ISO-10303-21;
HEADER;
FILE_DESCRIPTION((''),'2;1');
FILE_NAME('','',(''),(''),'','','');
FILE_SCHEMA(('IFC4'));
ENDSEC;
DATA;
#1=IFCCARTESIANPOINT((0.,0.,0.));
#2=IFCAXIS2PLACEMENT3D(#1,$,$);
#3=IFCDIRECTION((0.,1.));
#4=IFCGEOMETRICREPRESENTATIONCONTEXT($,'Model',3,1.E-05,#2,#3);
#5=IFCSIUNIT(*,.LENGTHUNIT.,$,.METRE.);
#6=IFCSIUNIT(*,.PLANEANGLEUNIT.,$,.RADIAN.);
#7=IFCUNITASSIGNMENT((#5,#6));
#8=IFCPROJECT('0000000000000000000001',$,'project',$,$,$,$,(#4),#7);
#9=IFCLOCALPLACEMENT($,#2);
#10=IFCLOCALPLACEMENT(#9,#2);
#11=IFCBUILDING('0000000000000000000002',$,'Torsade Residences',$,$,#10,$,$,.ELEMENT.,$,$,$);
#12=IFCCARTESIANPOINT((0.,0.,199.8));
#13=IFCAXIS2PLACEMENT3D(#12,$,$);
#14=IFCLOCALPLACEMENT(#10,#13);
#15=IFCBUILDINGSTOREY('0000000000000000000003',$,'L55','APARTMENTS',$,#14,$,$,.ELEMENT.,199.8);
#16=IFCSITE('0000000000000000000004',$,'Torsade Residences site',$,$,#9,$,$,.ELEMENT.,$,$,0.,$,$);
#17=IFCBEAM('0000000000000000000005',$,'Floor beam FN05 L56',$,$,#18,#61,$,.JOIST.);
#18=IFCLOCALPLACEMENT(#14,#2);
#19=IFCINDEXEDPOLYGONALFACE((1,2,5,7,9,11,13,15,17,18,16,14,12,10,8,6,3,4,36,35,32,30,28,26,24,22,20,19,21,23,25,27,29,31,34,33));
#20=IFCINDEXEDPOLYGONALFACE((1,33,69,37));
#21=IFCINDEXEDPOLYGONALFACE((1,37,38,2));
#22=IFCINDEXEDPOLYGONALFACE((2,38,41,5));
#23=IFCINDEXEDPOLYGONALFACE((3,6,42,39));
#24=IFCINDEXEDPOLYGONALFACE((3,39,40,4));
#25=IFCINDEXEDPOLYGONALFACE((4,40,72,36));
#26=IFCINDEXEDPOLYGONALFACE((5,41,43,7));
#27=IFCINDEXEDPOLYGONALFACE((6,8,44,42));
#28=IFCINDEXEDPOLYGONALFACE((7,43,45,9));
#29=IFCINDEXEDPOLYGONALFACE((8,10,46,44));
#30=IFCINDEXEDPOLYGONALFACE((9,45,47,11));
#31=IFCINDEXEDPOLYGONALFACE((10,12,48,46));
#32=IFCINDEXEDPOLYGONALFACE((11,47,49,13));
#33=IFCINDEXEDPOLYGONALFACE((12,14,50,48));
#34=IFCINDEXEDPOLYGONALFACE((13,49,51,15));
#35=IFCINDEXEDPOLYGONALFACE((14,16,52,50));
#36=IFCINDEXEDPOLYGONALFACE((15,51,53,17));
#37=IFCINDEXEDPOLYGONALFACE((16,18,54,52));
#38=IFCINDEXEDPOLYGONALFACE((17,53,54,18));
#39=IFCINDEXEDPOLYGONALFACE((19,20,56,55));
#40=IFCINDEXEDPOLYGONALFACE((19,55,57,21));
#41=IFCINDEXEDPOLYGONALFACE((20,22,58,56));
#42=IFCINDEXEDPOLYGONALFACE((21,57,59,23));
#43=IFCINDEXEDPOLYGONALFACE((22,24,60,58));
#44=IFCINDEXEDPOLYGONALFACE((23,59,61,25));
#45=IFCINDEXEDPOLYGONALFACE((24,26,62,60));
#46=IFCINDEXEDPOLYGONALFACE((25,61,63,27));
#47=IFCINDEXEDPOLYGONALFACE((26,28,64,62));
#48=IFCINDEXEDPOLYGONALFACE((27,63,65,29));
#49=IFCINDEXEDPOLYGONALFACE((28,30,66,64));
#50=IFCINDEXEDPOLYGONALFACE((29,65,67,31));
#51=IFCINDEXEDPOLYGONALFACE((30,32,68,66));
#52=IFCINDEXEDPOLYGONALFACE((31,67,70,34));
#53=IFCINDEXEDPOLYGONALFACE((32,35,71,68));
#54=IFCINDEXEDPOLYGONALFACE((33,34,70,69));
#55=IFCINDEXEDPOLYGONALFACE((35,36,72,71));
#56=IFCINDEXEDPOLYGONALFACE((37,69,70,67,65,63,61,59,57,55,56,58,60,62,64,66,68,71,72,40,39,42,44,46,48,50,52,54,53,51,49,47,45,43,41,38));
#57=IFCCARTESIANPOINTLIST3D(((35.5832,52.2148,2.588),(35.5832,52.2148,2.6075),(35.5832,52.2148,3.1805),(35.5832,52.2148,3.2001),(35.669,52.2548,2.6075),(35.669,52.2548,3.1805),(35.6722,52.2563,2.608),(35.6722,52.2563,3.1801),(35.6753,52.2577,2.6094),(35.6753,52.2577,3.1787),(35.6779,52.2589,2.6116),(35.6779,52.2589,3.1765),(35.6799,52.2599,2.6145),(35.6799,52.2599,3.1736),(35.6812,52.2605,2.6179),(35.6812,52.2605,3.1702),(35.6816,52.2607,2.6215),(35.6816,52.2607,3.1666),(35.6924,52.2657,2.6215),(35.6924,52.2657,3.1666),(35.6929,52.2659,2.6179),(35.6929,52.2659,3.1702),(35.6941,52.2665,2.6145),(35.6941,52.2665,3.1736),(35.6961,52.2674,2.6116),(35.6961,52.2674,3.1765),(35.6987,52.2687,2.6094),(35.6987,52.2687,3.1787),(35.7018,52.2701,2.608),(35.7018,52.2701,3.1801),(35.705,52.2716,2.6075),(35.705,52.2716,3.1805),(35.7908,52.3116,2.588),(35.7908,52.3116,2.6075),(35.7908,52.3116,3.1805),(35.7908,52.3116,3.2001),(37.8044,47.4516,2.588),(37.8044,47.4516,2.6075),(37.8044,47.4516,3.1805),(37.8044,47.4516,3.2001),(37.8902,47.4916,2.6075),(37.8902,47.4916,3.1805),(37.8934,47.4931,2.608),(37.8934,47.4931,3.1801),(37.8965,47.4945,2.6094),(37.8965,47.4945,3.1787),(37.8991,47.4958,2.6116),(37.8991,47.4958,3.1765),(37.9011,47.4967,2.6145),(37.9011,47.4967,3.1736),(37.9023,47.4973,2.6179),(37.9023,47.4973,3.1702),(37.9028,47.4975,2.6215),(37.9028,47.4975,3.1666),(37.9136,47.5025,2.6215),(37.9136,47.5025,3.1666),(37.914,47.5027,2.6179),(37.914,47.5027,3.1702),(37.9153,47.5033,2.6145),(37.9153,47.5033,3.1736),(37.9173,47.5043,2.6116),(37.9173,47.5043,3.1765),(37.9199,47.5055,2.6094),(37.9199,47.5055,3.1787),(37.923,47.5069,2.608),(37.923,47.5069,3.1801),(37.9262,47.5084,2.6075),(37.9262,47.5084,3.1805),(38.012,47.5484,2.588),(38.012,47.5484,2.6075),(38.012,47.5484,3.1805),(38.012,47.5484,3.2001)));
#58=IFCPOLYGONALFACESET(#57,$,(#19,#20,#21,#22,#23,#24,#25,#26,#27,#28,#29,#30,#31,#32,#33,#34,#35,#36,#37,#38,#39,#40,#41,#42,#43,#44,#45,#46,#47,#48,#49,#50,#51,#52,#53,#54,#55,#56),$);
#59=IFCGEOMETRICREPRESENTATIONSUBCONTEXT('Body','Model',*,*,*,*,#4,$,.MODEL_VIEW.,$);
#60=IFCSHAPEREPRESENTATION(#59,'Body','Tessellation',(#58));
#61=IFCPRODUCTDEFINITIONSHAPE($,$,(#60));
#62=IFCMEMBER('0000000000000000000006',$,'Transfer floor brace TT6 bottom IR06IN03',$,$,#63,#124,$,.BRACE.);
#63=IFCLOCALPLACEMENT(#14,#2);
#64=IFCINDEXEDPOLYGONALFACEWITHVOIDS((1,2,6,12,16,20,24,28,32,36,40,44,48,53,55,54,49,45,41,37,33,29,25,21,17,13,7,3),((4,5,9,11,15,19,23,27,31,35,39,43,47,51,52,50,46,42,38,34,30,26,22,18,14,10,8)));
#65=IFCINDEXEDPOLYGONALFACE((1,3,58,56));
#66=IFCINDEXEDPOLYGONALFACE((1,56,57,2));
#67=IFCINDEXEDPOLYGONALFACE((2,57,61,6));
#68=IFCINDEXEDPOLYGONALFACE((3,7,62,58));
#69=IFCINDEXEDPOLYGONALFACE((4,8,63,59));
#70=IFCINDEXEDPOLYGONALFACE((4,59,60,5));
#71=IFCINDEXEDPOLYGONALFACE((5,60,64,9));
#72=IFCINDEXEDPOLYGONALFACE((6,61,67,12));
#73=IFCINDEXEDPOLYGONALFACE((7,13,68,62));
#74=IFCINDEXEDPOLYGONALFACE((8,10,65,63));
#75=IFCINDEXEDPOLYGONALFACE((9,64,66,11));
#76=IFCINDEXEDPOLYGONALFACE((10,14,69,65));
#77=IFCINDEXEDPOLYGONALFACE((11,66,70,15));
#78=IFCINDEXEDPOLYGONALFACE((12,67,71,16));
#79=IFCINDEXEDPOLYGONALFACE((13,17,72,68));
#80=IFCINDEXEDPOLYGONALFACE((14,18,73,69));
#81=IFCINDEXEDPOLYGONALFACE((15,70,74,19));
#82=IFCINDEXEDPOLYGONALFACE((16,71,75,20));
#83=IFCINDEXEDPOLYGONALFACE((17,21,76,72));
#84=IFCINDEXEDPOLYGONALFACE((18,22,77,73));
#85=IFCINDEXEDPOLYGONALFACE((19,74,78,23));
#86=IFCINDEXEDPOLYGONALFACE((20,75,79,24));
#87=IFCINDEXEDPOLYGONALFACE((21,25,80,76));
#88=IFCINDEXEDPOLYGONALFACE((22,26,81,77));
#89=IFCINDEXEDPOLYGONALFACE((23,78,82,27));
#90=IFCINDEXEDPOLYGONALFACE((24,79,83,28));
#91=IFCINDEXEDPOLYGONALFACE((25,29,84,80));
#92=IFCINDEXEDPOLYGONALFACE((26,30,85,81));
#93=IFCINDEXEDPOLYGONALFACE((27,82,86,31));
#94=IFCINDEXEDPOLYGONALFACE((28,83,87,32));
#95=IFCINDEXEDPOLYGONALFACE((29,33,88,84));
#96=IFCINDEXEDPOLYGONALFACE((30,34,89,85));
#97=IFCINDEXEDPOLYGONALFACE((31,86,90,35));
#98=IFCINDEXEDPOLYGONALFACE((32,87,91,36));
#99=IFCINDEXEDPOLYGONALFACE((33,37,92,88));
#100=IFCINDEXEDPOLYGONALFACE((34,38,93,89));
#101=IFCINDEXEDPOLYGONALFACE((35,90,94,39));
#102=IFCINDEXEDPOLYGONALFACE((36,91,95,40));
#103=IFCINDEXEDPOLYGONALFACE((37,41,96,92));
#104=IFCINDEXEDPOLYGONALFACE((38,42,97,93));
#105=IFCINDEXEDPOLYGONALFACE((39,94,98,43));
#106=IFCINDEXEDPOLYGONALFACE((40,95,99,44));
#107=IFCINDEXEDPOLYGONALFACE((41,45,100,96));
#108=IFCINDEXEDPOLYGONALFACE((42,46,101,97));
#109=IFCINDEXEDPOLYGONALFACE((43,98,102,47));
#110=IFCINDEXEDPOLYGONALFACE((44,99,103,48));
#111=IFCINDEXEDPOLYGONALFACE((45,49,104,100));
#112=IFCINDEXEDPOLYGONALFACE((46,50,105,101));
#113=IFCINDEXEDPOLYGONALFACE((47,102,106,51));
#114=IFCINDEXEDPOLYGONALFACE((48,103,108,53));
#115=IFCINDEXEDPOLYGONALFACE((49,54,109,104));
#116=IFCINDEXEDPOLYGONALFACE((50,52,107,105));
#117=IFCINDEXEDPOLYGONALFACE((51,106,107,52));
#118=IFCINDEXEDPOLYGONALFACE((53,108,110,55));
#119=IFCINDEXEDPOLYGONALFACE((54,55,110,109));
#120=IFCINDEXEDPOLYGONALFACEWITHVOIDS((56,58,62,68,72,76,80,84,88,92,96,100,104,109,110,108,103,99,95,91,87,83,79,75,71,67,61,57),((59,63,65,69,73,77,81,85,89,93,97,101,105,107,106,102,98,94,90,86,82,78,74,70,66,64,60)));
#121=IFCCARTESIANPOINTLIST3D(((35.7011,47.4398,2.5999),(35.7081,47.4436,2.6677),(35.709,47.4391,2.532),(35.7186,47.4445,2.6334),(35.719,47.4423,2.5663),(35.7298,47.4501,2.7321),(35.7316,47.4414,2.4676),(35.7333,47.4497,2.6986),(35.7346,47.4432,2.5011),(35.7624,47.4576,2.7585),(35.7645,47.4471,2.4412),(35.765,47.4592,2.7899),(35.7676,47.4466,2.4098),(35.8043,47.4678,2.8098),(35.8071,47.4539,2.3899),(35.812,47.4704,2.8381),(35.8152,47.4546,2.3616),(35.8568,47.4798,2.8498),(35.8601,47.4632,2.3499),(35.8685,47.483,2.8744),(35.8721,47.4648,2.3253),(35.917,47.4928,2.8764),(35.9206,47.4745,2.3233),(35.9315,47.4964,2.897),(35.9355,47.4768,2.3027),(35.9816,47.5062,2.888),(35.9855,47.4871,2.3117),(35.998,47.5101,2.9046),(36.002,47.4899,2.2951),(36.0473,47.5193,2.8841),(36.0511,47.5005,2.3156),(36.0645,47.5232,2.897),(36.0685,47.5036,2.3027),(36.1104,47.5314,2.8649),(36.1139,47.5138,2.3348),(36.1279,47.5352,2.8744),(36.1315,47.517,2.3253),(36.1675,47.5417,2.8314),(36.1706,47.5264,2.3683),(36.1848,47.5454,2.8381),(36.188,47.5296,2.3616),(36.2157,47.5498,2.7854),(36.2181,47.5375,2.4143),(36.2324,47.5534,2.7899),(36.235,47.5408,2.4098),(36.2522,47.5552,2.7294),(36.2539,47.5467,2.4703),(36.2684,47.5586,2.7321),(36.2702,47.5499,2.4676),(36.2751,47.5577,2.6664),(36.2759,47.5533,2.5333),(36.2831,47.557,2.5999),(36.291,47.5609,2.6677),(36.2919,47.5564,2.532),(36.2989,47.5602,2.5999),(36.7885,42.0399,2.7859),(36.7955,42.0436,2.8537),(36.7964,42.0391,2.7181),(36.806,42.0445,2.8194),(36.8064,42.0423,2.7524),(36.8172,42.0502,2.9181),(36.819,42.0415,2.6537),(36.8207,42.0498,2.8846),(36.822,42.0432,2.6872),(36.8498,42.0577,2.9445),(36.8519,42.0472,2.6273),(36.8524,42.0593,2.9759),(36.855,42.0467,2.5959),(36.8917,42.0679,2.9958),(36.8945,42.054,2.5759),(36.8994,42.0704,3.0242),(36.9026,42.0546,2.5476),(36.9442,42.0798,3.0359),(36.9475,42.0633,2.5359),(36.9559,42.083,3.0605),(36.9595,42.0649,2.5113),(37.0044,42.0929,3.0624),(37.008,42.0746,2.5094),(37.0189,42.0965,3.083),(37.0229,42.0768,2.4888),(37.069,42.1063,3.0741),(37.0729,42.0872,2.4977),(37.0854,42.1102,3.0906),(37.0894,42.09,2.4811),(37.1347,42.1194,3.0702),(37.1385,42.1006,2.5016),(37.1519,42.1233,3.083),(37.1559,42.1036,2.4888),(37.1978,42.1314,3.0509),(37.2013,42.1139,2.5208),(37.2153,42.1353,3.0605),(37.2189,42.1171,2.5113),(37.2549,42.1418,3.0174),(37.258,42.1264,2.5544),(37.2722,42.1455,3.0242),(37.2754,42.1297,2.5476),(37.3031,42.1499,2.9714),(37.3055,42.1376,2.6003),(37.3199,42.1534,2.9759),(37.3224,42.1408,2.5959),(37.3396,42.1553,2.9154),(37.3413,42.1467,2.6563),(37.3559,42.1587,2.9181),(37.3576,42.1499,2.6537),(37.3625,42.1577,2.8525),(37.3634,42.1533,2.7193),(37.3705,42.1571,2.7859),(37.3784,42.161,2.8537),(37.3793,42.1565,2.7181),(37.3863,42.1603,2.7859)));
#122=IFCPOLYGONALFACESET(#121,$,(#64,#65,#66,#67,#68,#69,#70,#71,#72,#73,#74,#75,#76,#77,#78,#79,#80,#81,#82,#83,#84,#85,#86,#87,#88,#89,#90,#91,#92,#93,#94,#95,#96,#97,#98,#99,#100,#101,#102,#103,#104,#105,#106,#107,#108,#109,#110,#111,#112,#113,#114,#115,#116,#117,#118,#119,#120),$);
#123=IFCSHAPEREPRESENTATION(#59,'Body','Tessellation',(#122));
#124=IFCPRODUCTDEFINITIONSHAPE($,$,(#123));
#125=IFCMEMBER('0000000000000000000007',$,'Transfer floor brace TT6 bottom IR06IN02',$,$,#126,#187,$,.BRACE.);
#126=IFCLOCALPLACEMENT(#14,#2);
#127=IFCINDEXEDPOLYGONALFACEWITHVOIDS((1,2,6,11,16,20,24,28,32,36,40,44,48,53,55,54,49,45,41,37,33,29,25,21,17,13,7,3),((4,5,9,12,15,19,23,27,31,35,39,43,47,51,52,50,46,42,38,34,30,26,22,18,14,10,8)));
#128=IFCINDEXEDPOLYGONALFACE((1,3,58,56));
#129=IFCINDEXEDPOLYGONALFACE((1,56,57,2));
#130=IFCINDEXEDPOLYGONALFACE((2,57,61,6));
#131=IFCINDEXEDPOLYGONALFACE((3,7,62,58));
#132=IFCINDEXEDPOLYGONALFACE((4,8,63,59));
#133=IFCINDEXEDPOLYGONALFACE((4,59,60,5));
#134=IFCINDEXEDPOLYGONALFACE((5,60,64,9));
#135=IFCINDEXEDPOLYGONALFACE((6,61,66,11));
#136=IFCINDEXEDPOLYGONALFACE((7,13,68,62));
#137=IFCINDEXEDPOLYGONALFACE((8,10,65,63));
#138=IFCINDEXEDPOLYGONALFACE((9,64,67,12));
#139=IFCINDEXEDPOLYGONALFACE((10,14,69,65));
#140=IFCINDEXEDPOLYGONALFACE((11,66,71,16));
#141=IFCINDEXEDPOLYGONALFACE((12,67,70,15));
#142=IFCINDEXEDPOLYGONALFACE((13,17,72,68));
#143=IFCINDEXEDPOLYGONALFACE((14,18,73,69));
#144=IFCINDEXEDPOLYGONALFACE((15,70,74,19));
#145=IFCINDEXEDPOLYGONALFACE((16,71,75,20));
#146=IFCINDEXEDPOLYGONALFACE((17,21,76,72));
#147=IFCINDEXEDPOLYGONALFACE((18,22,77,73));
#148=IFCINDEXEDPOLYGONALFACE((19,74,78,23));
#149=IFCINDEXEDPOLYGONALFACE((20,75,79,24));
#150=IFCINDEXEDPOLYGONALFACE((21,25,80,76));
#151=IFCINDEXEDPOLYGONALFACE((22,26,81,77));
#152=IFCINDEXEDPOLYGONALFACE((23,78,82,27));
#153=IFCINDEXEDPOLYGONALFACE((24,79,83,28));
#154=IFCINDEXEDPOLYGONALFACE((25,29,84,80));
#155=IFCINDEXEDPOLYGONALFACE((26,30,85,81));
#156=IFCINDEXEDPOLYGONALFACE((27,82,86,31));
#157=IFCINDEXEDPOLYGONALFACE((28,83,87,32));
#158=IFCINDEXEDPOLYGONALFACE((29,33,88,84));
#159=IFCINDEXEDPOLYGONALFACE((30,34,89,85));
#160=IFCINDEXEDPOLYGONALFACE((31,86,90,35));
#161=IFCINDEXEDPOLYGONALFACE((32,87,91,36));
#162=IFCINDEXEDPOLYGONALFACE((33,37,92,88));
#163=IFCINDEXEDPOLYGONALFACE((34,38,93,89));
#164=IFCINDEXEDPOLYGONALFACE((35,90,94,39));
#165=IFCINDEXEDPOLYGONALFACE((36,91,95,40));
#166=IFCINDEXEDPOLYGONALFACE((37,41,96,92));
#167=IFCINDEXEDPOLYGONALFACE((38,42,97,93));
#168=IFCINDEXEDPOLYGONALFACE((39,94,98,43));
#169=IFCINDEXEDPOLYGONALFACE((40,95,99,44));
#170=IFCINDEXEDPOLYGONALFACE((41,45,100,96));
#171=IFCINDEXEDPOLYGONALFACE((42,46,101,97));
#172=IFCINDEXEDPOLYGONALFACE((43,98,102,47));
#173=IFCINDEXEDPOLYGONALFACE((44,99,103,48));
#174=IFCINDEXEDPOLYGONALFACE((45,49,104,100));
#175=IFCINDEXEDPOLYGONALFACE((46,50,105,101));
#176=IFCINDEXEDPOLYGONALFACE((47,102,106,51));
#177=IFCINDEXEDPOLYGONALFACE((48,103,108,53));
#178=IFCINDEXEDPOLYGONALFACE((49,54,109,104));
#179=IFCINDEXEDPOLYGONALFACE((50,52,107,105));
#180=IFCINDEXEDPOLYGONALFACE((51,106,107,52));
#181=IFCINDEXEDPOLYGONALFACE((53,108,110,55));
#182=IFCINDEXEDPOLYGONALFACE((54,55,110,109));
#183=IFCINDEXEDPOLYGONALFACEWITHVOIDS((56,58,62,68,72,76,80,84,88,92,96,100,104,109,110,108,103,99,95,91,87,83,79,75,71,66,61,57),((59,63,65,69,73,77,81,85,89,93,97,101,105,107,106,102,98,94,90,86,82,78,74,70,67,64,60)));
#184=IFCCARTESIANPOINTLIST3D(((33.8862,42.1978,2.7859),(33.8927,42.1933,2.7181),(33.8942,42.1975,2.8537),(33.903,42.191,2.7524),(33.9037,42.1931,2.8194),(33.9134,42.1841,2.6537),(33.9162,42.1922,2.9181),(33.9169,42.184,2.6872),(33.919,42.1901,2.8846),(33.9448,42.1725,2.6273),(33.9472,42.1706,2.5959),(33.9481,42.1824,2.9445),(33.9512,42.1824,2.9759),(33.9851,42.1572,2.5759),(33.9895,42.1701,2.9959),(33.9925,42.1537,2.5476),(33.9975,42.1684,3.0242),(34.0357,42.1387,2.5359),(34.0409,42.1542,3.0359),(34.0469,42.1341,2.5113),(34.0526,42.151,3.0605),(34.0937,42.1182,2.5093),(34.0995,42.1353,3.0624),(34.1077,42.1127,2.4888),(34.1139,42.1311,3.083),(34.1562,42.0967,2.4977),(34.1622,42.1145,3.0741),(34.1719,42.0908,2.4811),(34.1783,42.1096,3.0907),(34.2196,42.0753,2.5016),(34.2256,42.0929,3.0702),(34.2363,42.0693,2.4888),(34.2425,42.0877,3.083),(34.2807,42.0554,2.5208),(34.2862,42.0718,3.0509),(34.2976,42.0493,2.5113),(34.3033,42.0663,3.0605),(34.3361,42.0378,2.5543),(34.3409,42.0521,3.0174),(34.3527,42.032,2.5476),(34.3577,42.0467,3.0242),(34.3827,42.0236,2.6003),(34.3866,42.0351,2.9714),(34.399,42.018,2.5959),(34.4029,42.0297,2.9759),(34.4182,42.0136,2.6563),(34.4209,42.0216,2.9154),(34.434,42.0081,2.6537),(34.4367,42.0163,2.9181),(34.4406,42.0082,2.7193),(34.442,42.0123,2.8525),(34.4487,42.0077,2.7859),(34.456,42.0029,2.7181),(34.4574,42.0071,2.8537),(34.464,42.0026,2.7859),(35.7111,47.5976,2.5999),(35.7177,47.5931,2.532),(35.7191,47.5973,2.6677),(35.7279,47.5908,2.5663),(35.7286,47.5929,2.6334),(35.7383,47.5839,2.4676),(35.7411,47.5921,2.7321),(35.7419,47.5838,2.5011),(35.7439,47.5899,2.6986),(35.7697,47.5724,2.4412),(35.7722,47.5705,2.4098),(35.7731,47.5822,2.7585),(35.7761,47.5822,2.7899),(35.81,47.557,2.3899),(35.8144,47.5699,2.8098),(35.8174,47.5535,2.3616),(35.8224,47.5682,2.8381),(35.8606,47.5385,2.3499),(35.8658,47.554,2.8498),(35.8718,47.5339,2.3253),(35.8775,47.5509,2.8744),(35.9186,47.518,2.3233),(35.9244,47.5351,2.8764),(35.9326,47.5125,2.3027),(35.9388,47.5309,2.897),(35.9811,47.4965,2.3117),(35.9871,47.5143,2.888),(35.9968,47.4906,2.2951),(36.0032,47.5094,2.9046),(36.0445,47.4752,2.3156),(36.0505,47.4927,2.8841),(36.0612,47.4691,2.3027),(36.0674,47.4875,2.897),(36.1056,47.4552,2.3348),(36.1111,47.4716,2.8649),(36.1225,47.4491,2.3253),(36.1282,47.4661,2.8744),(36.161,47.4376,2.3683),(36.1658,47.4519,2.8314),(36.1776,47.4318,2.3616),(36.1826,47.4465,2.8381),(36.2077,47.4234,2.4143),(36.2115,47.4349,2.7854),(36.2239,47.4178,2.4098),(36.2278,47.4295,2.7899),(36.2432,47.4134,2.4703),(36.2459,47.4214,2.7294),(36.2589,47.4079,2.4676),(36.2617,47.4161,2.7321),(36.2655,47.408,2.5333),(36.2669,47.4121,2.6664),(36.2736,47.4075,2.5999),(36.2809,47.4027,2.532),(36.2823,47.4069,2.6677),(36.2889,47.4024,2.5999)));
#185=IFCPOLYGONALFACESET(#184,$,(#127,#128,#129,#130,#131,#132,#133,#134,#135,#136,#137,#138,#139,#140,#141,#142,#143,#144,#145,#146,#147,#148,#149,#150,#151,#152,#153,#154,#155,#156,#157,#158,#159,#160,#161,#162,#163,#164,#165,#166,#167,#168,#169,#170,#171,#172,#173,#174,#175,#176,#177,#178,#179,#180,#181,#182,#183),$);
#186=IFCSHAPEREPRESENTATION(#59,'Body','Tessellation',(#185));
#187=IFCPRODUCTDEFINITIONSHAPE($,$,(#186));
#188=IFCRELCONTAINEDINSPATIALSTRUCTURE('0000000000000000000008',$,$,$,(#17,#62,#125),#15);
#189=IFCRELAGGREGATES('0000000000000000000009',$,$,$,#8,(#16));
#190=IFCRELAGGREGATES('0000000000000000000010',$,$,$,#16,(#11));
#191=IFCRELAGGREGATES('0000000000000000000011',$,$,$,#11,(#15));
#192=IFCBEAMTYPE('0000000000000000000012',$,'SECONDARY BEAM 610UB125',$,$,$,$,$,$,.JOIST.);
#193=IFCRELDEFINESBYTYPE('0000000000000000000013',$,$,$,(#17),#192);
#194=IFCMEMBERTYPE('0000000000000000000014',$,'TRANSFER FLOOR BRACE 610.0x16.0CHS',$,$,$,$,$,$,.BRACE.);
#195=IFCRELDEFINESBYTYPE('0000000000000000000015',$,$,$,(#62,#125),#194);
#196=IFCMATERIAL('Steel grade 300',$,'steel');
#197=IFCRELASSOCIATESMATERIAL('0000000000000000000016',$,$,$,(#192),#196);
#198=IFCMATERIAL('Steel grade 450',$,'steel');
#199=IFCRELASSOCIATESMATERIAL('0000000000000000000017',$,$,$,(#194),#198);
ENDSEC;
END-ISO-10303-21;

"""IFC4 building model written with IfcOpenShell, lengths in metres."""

from ifc_helpers import new_model, si_unit, direction, frame, origin, origin_2d, place, context, subcontext, project, spatial, hollow_circle, i_section, extrude, material, material_profile, profile_set, type_object, element, save


model = new_model("IFC4")

# Units and contexts
model_context = context("Model", 3, precision=1e-05, world=origin(), true_north=direction((0.0, 1.0)))
body_context = subcontext(model_context, "Body", "Model", "MODEL_VIEW")
ifc_project = project(units=[si_unit("LENGTHUNIT", "METRE"), si_unit("PLANEANGLEUNIT", "RADIAN")], contexts=[model_context])

# Site, building, storey
site_placement = place(None, origin())
site = spatial("IfcSite", under=ifc_project, at=site_placement, Name="Torsade Residences site", CompositionType="ELEMENT", RefElevation=0.0)
building_placement = place(site_placement, origin())
building = spatial("IfcBuilding", under=site, at=building_placement, Name="Torsade Residences", CompositionType="ELEMENT")
storey_placement = place(building_placement, frame((0.0, 0.0, 199.8)))
storey = spatial("IfcBuildingStorey", under=building, at=storey_placement, Name="L55", Description="APARTMENTS", CompositionType="ELEMENT", Elevation=199.8)

# Beam
ifc_material_1 = material(Name="Steel grade 300", Category="steel")
ifc_material_profile_1 = material_profile(ifc_material_1, i_section(OverallWidth=0.229, OverallDepth=0.6121, WebThickness=0.012, FlangeThickness=0.0195, FilletRadius=0.0139, at=origin_2d()), Name="610UB125")
ifc_profile_set_1 = profile_set([ifc_material_profile_1], Name="Steel grade 300")
beam_type_1 = type_object("IfcBeamType", Name="SECONDARY BEAM 610UB125", PredefinedType="JOIST", material=ifc_profile_set_1)
beam_1_placement = place(storey_placement, frame((35.687, 52.2632, 2.894), z_axis=(0.422631, -0.906302, 0.0), x_axis=(0.906302, 0.422631, 0.0)))
element("IfcBeam", 1, at=beam_1_placement, inside=storey, type_object=beam_type_1, Name="Floor beam FN05 L56", PredefinedType="JOIST", context=body_context, shape_type="SweptSolid", body=[
    extrude(i_section(OverallWidth=0.229, OverallDepth=0.6121, WebThickness=0.012, FlangeThickness=0.0195, FilletRadius=0.0139, at=origin_2d()), origin(), (0.0, 0.0, 1.0), 5.2556),
])

# Members
ifc_material_2 = material(Name="Steel grade 450", Category="steel")
ifc_material_profile_2 = material_profile(ifc_material_2, hollow_circle(Radius=0.3049, WallThickness=0.0161, at=origin_2d()), Name="610.0x16.0CHS")
ifc_profile_set_2 = profile_set([ifc_material_profile_2], Name="Steel grade 450")
member_type_1 = type_object("IfcMemberType", Name="TRANSFER FLOOR BRACE 610.0x16.0CHS", PredefinedType="BRACE", material=ifc_profile_set_2)
member_1_placement = place(storey_placement, frame((36.0, 47.5, 2.5999), z_axis=(0.197299, -0.979762, 0.033754), x_axis=(0.980321, 0.197412, 0.0)))
element("IfcMember", 2, at=member_1_placement, inside=storey, type_object=member_type_1, Name="Transfer floor brace TT6 bottom IR06IN03", PredefinedType="BRACE", context=body_context, shape_type="SweptSolid", body=[
    extrude(hollow_circle(Radius=0.3049, WallThickness=0.0161, at=origin_2d()), origin(), (0.0, 0.0, 1.0), 5.5115),
])
member_2_placement = place(storey_placement, frame((36.0, 47.5, 2.5999), z_axis=(-0.319999, -0.946856, 0.032621), x_axis=(0.94736, -0.32017, 0.0)))
element("IfcMember", 3, at=member_2_placement, inside=storey, type_object=member_type_1, Name="Transfer floor brace TT6 bottom IR06IN02", PredefinedType="BRACE", context=body_context, shape_type="SweptSolid", body=[
    extrude(hollow_circle(Radius=0.3049, WallThickness=0.0161, at=origin_2d()), origin(), (0.0, 0.0, 1.0), 5.7029),
])

save(model, "model.ifc")
